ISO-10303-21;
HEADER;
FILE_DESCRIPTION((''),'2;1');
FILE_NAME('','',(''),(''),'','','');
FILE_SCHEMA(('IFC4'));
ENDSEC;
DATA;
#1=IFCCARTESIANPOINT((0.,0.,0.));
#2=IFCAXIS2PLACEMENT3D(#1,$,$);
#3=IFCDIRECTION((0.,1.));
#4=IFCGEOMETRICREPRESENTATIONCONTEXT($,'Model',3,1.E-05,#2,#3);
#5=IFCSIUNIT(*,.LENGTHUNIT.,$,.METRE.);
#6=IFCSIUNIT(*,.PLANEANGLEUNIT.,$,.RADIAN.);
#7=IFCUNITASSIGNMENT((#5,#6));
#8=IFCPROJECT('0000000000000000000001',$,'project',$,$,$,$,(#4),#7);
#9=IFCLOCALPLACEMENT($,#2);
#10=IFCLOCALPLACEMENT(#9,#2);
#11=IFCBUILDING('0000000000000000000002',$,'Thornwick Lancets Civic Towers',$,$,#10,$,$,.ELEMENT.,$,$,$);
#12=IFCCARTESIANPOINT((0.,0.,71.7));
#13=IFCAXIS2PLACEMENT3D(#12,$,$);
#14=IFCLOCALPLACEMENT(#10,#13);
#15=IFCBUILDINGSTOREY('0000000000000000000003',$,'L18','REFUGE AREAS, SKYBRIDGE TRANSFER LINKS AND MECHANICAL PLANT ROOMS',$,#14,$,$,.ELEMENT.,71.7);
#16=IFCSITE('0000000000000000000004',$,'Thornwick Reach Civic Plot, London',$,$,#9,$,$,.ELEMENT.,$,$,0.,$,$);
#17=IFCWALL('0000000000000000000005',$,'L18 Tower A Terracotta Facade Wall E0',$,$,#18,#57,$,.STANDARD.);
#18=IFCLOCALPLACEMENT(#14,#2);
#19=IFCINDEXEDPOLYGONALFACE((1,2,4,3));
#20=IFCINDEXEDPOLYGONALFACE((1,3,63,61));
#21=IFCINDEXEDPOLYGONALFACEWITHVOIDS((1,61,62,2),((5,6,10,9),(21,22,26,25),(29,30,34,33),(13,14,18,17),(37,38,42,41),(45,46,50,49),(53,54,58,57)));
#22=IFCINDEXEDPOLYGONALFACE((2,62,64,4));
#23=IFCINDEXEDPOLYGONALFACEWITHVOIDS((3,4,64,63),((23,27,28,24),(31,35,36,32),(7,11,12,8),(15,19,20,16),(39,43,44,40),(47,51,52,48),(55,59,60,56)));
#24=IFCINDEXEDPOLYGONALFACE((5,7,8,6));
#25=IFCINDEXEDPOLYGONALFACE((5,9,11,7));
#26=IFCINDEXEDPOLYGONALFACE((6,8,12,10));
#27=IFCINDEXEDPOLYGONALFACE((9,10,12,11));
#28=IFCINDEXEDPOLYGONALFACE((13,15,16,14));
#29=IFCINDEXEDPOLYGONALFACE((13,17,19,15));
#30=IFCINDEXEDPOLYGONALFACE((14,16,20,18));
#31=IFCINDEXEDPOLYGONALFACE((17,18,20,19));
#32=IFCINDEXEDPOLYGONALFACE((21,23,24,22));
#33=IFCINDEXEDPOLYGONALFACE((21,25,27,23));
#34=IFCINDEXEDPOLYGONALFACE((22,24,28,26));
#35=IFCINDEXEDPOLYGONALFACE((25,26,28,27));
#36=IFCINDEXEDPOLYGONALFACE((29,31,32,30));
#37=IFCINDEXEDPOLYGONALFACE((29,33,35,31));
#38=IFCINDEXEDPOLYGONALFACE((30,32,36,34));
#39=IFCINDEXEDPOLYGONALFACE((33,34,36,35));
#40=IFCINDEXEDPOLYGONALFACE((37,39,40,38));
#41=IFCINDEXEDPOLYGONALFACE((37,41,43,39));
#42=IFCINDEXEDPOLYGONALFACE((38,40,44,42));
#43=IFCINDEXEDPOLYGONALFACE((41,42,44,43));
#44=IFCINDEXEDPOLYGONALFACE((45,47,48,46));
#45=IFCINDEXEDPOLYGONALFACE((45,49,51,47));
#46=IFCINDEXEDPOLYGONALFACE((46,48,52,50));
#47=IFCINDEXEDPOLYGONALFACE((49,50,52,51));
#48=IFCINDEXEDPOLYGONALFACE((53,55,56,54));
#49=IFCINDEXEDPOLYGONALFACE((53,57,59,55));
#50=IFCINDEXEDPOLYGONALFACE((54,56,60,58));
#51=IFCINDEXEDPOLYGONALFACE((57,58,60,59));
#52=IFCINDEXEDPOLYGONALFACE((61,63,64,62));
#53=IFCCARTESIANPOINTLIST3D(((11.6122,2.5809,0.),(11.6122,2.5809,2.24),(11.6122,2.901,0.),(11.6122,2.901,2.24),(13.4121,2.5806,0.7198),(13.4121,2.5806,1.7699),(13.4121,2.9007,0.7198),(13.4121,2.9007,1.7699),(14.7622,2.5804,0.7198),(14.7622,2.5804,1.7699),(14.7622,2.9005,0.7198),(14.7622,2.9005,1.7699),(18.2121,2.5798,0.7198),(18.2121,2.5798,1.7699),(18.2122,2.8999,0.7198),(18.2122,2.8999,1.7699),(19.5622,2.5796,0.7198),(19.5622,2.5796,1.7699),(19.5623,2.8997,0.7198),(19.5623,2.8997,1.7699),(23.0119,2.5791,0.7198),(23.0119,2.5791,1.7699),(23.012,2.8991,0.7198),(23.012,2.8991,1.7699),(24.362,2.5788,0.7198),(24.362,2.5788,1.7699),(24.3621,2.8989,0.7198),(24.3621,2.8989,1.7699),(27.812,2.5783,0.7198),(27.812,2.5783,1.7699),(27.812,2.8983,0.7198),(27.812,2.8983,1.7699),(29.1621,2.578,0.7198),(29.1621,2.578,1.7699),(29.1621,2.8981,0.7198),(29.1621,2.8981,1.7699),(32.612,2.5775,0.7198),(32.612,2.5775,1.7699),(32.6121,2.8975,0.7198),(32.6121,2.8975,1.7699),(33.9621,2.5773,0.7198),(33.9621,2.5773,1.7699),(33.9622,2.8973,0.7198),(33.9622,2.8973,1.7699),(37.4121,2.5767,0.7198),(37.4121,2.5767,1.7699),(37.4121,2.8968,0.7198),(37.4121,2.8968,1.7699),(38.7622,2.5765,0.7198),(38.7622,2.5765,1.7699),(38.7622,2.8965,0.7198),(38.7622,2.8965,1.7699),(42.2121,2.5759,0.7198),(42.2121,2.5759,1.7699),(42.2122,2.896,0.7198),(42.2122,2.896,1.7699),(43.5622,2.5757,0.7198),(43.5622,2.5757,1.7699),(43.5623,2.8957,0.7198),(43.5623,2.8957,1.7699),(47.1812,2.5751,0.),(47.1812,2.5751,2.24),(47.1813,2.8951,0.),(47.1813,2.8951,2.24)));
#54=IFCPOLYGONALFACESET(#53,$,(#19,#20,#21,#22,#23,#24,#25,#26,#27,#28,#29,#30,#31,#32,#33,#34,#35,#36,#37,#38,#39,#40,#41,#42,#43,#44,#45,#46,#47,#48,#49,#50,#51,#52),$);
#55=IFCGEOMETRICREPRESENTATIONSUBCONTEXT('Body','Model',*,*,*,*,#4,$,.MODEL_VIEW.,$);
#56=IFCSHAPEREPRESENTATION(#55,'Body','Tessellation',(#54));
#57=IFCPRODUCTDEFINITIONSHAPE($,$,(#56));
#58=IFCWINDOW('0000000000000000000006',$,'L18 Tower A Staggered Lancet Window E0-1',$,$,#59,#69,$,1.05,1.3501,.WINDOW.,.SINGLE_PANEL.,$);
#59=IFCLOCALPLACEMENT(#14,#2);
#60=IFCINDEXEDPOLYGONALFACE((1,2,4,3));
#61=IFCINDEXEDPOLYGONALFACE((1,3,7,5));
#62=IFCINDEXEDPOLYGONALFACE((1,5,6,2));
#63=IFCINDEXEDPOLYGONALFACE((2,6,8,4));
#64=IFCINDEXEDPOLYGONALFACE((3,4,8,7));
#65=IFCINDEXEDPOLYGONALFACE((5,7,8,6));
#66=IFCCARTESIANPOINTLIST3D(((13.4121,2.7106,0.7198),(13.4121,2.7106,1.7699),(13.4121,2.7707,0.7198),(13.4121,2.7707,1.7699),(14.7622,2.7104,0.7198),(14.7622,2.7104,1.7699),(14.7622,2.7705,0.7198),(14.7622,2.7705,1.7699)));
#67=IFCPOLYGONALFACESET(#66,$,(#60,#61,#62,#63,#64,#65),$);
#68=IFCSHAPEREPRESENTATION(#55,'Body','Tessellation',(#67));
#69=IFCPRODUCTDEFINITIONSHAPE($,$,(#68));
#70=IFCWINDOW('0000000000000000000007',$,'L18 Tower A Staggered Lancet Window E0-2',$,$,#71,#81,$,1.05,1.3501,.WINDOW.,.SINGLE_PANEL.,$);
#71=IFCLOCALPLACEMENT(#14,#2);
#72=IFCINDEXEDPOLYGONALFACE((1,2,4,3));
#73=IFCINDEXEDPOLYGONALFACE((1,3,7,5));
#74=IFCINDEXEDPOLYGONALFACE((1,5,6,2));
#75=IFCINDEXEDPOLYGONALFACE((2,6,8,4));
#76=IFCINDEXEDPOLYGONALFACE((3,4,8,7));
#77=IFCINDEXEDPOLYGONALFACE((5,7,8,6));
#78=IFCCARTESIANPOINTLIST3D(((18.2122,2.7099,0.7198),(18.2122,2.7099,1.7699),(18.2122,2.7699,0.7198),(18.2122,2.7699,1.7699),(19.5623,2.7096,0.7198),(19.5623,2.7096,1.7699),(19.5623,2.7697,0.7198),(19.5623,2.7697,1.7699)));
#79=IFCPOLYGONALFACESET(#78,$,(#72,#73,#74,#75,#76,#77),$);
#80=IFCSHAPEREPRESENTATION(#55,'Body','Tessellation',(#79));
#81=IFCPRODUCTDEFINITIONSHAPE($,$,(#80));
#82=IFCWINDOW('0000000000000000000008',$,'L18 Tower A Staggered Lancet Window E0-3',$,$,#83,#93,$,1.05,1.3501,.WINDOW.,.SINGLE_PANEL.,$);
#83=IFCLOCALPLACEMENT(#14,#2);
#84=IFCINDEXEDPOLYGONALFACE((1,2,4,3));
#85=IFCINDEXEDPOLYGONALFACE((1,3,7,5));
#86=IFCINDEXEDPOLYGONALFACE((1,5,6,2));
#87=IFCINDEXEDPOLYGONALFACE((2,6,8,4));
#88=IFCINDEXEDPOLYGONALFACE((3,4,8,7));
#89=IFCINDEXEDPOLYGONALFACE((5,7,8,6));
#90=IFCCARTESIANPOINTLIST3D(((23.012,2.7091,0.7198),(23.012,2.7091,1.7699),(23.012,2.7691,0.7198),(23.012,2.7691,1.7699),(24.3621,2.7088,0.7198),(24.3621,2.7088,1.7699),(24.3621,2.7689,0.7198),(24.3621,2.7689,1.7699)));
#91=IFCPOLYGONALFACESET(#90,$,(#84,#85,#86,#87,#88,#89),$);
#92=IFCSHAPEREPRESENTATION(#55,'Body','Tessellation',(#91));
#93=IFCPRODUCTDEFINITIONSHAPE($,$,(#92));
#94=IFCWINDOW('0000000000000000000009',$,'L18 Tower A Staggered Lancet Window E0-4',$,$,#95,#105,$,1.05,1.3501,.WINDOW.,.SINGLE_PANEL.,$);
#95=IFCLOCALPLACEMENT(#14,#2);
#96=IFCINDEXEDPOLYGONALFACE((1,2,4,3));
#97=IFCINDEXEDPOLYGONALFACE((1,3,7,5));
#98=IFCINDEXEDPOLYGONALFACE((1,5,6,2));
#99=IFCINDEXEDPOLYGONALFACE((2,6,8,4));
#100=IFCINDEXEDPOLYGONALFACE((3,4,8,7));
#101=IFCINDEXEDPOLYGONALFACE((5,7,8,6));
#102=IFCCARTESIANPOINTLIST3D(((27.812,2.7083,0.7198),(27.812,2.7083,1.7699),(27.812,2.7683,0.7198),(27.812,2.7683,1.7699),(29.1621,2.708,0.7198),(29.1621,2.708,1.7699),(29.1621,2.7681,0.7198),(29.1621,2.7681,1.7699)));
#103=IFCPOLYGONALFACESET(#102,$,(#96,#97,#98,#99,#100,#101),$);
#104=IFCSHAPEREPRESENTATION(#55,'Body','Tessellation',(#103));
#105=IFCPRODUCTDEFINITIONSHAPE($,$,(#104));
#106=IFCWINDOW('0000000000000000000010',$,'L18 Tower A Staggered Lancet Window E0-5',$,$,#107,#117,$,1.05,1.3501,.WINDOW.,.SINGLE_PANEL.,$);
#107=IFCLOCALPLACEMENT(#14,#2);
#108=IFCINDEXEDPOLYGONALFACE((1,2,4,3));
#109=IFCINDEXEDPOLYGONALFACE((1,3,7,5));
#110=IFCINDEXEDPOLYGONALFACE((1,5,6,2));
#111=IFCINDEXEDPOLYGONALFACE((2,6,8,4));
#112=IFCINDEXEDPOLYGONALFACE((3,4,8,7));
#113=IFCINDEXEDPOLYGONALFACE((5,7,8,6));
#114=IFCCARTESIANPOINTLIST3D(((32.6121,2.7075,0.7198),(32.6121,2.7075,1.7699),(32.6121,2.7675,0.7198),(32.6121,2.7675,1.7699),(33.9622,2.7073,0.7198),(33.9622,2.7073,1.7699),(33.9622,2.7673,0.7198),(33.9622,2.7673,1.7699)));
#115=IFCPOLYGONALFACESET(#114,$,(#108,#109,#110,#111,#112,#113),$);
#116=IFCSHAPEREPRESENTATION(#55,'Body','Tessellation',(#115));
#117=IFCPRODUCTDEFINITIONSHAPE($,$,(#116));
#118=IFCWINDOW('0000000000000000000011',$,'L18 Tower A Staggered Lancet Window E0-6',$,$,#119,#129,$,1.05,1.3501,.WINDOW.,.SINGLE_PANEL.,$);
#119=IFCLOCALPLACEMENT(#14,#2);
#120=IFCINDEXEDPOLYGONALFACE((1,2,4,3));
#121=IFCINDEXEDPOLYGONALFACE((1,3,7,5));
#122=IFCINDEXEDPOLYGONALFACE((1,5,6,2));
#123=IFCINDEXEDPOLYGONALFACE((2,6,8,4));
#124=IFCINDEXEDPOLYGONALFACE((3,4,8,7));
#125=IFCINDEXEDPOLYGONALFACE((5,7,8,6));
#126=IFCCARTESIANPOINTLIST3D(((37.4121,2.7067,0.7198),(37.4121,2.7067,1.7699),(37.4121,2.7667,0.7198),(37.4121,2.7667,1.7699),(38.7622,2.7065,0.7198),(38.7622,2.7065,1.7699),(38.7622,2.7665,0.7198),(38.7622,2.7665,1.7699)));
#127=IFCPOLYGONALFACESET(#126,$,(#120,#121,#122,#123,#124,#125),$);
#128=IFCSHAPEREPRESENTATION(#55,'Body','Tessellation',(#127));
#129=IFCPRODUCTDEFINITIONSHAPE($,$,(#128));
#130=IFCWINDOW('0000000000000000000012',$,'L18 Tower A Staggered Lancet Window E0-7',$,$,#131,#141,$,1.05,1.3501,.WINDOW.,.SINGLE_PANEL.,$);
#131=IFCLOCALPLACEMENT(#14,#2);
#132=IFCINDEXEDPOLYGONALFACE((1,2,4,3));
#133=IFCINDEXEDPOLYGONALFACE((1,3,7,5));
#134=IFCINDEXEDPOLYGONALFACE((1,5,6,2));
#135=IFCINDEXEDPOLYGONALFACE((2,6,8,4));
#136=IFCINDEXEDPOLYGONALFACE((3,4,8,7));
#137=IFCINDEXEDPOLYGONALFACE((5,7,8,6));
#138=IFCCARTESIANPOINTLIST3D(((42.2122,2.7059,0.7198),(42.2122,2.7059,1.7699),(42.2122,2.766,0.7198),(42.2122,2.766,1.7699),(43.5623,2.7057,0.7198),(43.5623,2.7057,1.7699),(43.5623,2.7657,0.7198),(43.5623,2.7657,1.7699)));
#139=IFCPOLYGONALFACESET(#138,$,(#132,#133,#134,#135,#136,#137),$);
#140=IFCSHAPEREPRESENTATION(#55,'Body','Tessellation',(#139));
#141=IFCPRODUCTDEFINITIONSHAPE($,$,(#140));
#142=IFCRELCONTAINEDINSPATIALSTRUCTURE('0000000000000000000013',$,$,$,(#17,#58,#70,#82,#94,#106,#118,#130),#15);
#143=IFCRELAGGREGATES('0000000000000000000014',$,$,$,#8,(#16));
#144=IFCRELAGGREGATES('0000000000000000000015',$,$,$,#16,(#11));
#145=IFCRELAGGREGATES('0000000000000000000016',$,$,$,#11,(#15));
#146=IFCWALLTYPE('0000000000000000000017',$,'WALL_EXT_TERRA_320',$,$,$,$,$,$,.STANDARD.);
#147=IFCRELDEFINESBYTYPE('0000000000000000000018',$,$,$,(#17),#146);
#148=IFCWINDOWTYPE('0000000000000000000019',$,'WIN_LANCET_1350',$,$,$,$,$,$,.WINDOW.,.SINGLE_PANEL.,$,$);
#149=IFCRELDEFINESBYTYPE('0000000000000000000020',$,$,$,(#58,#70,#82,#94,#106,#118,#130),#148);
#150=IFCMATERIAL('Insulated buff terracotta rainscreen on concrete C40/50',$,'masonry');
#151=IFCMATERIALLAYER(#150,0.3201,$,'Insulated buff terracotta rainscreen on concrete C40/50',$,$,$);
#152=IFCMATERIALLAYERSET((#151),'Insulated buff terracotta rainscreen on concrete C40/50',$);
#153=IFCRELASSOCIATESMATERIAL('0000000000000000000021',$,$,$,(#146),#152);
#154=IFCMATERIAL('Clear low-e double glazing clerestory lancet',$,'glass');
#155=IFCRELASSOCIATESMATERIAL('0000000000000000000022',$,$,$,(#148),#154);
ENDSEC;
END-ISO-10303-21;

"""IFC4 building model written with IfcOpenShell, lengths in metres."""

from ifc_helpers import new_model, si_unit, direction, frame, frame_2d, origin, place, context, subcontext, project, spatial, rectangle, extrude, material, layer, layer_set, type_object, element, fill, save


model = new_model("IFC4")

# Units and contexts
model_context = context("Model", 3, precision=1e-05, world=origin(), true_north=direction((0.0, 1.0)))
body_context = subcontext(model_context, "Body", "Model", "MODEL_VIEW")
ifc_project = project(units=[si_unit("LENGTHUNIT", "METRE"), si_unit("PLANEANGLEUNIT", "RADIAN")], contexts=[model_context])

# Site, building, storey
site_placement = place(None, origin())
site = spatial("IfcSite", under=ifc_project, at=site_placement, Name="Thornwick Reach Civic Plot, London", CompositionType="ELEMENT", RefElevation=0.0)
building_placement = place(site_placement, origin())
building = spatial("IfcBuilding", under=site, at=building_placement, Name="Thornwick Lancets Civic Towers", CompositionType="ELEMENT")
storey_placement = place(building_placement, frame((0.0, 0.0, 71.7)))
storey = spatial("IfcBuildingStorey", under=building, at=storey_placement, Name="L18", Description="REFUGE AREAS, SKYBRIDGE TRANSFER LINKS AND MECHANICAL PLANT ROOMS", CompositionType="ELEMENT", Elevation=71.7)

# Wall, openings, windows
ifc_material_1 = material(Name="Insulated buff terracotta rainscreen on concrete C40/50", Category="masonry")
ifc_layer_1 = layer(ifc_material_1, 0.3201, Name="Insulated buff terracotta rainscreen on concrete C40/50")
ifc_layer_set_1 = layer_set([ifc_layer_1], Name="Insulated buff terracotta rainscreen on concrete C40/50")
wall_type_1 = type_object("IfcWallType", Name="WALL_EXT_TERRA_320", PredefinedType="STANDARD", material=ifc_layer_set_1)
wall_1_placement = place(storey_placement, frame((11.6121, 2.741, 0.0), z_axis=(0.0, 0.0, 1.0), x_axis=(1.0, -0.000165, 0.0)))
wall_1 = element("IfcWall", 1, at=wall_1_placement, inside=storey, type_object=wall_type_1, Name="L18 Tower A Terracotta Facade Wall E0", PredefinedType="STANDARD", context=body_context, shape_type="SweptSolid", body=[
    extrude(rectangle(XDim=35.5691, YDim=0.3201, at=frame_2d((17.7847, 0.0))), origin(), (0.0, 0.0, 1.0), 2.24),
])
opening_1_placement = place(wall_1_placement, frame((1.8, 0.0, 0.72)))
opening_1 = element("IfcOpeningElement", 2, at=opening_1_placement, cuts=wall_1, PredefinedType="OPENING", context=body_context, shape_type="SweptSolid", body=[
    extrude(rectangle(XDim=1.3501, YDim=1.05, at=frame_2d((0.675, 0.5249))), frame((0.0, 0.1699, 0.0), z_axis=(0.0, -1.0, 0.0), x_axis=(1.0, 0.0, 0.0)), (0.0, 0.0, 1.0), 0.3401),
])
opening_2_placement = place(wall_1_placement, frame((6.6001, 0.0, 0.72)))
opening_2 = element("IfcOpeningElement", 3, at=opening_2_placement, cuts=wall_1, PredefinedType="OPENING", context=body_context, shape_type="SweptSolid", body=[
    extrude(rectangle(XDim=1.3501, YDim=1.05, at=frame_2d((0.675, 0.5249))), frame((0.0, 0.1699, 0.0), z_axis=(0.0, -1.0, 0.0), x_axis=(1.0, 0.0, 0.0)), (0.0, 0.0, 1.0), 0.3401),
])
opening_3_placement = place(wall_1_placement, frame((11.3999, 0.0, 0.72)))
opening_3 = element("IfcOpeningElement", 4, at=opening_3_placement, cuts=wall_1, PredefinedType="OPENING", context=body_context, shape_type="SweptSolid", body=[
    extrude(rectangle(XDim=1.3501, YDim=1.05, at=frame_2d((0.675, 0.5249))), frame((0.0, 0.1699, 0.0), z_axis=(0.0, -1.0, 0.0), x_axis=(1.0, 0.0, 0.0)), (0.0, 0.0, 1.0), 0.3401),
])
opening_4_placement = place(wall_1_placement, frame((16.2, 0.0, 0.72)))
opening_4 = element("IfcOpeningElement", 5, at=opening_4_placement, cuts=wall_1, PredefinedType="OPENING", context=body_context, shape_type="SweptSolid", body=[
    extrude(rectangle(XDim=1.3501, YDim=1.05, at=frame_2d((0.675, 0.5249))), frame((0.0, 0.1699, 0.0), z_axis=(0.0, -1.0, 0.0), x_axis=(1.0, 0.0, 0.0)), (0.0, 0.0, 1.0), 0.3401),
])
opening_5_placement = place(wall_1_placement, frame((21.0, 0.0, 0.72)))
opening_5 = element("IfcOpeningElement", 6, at=opening_5_placement, cuts=wall_1, PredefinedType="OPENING", context=body_context, shape_type="SweptSolid", body=[
    extrude(rectangle(XDim=1.3501, YDim=1.05, at=frame_2d((0.675, 0.5249))), frame((0.0, 0.1699, 0.0), z_axis=(0.0, -1.0, 0.0), x_axis=(1.0, 0.0, 0.0)), (0.0, 0.0, 1.0), 0.3401),
])
opening_6_placement = place(wall_1_placement, frame((25.8, 0.0, 0.72)))
opening_6 = element("IfcOpeningElement", 7, at=opening_6_placement, cuts=wall_1, PredefinedType="OPENING", context=body_context, shape_type="SweptSolid", body=[
    extrude(rectangle(XDim=1.3501, YDim=1.05, at=frame_2d((0.675, 0.5249))), frame((0.0, 0.1699, 0.0), z_axis=(0.0, -1.0, 0.0), x_axis=(1.0, 0.0, 0.0)), (0.0, 0.0, 1.0), 0.3401),
])
opening_7_placement = place(wall_1_placement, frame((30.6001, 0.0, 0.72)))
opening_7 = element("IfcOpeningElement", 8, at=opening_7_placement, cuts=wall_1, PredefinedType="OPENING", context=body_context, shape_type="SweptSolid", body=[
    extrude(rectangle(XDim=1.3501, YDim=1.05, at=frame_2d((0.675, 0.5249))), frame((0.0, 0.1699, 0.0), z_axis=(0.0, -1.0, 0.0), x_axis=(1.0, 0.0, 0.0)), (0.0, 0.0, 1.0), 0.3401),
])
ifc_material_2 = material(Name="Clear low-e double glazing clerestory lancet", Category="glass")
window_type = type_object("IfcWindowType", Name="WIN_LANCET_1350", PartitioningType="SINGLE_PANEL", PredefinedType="WINDOW", material=ifc_material_2)
window_1_placement = place(opening_1_placement, origin())
window_1 = element("IfcWindow", 9, at=window_1_placement, inside=storey, type_object=window_type, Name="L18 Tower A Staggered Lancet Window E0-1", OverallHeight=1.05, OverallWidth=1.3501, PartitioningType="SINGLE_PANEL", PredefinedType="WINDOW", context=body_context, shape_type="SweptSolid", body=[
    extrude(rectangle(XDim=1.3501, YDim=1.05, at=frame_2d((0.675, 0.5249))), frame((0.0, 0.03, 0.0), z_axis=(0.0, -1.0, 0.0), x_axis=(1.0, 0.0, 0.0)), (0.0, 0.0, 1.0), 0.0601),
])
fill(opening_1, window_1)
window_2_placement = place(opening_2_placement, origin())
window_2 = element("IfcWindow", 10, at=window_2_placement, inside=storey, type_object=window_type, Name="L18 Tower A Staggered Lancet Window E0-2", OverallHeight=1.05, OverallWidth=1.3501, PartitioningType="SINGLE_PANEL", PredefinedType="WINDOW", context=body_context, shape_type="SweptSolid", body=[
    extrude(rectangle(XDim=1.3501, YDim=1.05, at=frame_2d((0.675, 0.5249))), frame((0.0, 0.03, 0.0), z_axis=(0.0, -1.0, 0.0), x_axis=(1.0, 0.0, 0.0)), (0.0, 0.0, 1.0), 0.0601),
])
fill(opening_2, window_2)
window_3_placement = place(opening_3_placement, origin())
window_3 = element("IfcWindow", 11, at=window_3_placement, inside=storey, type_object=window_type, Name="L18 Tower A Staggered Lancet Window E0-3", OverallHeight=1.05, OverallWidth=1.3501, PartitioningType="SINGLE_PANEL", PredefinedType="WINDOW", context=body_context, shape_type="SweptSolid", body=[
    extrude(rectangle(XDim=1.3501, YDim=1.05, at=frame_2d((0.675, 0.5249))), frame((0.0, 0.03, 0.0), z_axis=(0.0, -1.0, 0.0), x_axis=(1.0, 0.0, 0.0)), (0.0, 0.0, 1.0), 0.0601),
])
fill(opening_3, window_3)
window_4_placement = place(opening_4_placement, origin())
window_4 = element("IfcWindow", 12, at=window_4_placement, inside=storey, type_object=window_type, Name="L18 Tower A Staggered Lancet Window E0-4", OverallHeight=1.05, OverallWidth=1.3501, PartitioningType="SINGLE_PANEL", PredefinedType="WINDOW", context=body_context, shape_type="SweptSolid", body=[
    extrude(rectangle(XDim=1.3501, YDim=1.05, at=frame_2d((0.675, 0.5249))), frame((0.0, 0.03, 0.0), z_axis=(0.0, -1.0, 0.0), x_axis=(1.0, 0.0, 0.0)), (0.0, 0.0, 1.0), 0.0601),
])
fill(opening_4, window_4)
window_5_placement = place(opening_5_placement, origin())
window_5 = element("IfcWindow", 13, at=window_5_placement, inside=storey, type_object=window_type, Name="L18 Tower A Staggered Lancet Window E0-5", OverallHeight=1.05, OverallWidth=1.3501, PartitioningType="SINGLE_PANEL", PredefinedType="WINDOW", context=body_context, shape_type="SweptSolid", body=[
    extrude(rectangle(XDim=1.3501, YDim=1.05, at=frame_2d((0.675, 0.5249))), frame((0.0, 0.03, 0.0), z_axis=(0.0, -1.0, 0.0), x_axis=(1.0, 0.0, 0.0)), (0.0, 0.0, 1.0), 0.0601),
])
fill(opening_5, window_5)
window_6_placement = place(opening_6_placement, origin())
window_6 = element("IfcWindow", 14, at=window_6_placement, inside=storey, type_object=window_type, Name="L18 Tower A Staggered Lancet Window E0-6", OverallHeight=1.05, OverallWidth=1.3501, PartitioningType="SINGLE_PANEL", PredefinedType="WINDOW", context=body_context, shape_type="SweptSolid", body=[
    extrude(rectangle(XDim=1.3501, YDim=1.05, at=frame_2d((0.675, 0.5249))), frame((0.0, 0.03, 0.0), z_axis=(0.0, -1.0, 0.0), x_axis=(1.0, 0.0, 0.0)), (0.0, 0.0, 1.0), 0.0601),
])
fill(opening_6, window_6)
window_7_placement = place(opening_7_placement, origin())
window_7 = element("IfcWindow", 15, at=window_7_placement, inside=storey, type_object=window_type, Name="L18 Tower A Staggered Lancet Window E0-7", OverallHeight=1.05, OverallWidth=1.3501, PartitioningType="SINGLE_PANEL", PredefinedType="WINDOW", context=body_context, shape_type="SweptSolid", body=[
    extrude(rectangle(XDim=1.3501, YDim=1.05, at=frame_2d((0.675, 0.5249))), frame((0.0, 0.03, 0.0), z_axis=(0.0, -1.0, 0.0), x_axis=(1.0, 0.0, 0.0)), (0.0, 0.0, 1.0), 0.0601),
])
fill(opening_7, window_7)

save(model, "model.ifc")
